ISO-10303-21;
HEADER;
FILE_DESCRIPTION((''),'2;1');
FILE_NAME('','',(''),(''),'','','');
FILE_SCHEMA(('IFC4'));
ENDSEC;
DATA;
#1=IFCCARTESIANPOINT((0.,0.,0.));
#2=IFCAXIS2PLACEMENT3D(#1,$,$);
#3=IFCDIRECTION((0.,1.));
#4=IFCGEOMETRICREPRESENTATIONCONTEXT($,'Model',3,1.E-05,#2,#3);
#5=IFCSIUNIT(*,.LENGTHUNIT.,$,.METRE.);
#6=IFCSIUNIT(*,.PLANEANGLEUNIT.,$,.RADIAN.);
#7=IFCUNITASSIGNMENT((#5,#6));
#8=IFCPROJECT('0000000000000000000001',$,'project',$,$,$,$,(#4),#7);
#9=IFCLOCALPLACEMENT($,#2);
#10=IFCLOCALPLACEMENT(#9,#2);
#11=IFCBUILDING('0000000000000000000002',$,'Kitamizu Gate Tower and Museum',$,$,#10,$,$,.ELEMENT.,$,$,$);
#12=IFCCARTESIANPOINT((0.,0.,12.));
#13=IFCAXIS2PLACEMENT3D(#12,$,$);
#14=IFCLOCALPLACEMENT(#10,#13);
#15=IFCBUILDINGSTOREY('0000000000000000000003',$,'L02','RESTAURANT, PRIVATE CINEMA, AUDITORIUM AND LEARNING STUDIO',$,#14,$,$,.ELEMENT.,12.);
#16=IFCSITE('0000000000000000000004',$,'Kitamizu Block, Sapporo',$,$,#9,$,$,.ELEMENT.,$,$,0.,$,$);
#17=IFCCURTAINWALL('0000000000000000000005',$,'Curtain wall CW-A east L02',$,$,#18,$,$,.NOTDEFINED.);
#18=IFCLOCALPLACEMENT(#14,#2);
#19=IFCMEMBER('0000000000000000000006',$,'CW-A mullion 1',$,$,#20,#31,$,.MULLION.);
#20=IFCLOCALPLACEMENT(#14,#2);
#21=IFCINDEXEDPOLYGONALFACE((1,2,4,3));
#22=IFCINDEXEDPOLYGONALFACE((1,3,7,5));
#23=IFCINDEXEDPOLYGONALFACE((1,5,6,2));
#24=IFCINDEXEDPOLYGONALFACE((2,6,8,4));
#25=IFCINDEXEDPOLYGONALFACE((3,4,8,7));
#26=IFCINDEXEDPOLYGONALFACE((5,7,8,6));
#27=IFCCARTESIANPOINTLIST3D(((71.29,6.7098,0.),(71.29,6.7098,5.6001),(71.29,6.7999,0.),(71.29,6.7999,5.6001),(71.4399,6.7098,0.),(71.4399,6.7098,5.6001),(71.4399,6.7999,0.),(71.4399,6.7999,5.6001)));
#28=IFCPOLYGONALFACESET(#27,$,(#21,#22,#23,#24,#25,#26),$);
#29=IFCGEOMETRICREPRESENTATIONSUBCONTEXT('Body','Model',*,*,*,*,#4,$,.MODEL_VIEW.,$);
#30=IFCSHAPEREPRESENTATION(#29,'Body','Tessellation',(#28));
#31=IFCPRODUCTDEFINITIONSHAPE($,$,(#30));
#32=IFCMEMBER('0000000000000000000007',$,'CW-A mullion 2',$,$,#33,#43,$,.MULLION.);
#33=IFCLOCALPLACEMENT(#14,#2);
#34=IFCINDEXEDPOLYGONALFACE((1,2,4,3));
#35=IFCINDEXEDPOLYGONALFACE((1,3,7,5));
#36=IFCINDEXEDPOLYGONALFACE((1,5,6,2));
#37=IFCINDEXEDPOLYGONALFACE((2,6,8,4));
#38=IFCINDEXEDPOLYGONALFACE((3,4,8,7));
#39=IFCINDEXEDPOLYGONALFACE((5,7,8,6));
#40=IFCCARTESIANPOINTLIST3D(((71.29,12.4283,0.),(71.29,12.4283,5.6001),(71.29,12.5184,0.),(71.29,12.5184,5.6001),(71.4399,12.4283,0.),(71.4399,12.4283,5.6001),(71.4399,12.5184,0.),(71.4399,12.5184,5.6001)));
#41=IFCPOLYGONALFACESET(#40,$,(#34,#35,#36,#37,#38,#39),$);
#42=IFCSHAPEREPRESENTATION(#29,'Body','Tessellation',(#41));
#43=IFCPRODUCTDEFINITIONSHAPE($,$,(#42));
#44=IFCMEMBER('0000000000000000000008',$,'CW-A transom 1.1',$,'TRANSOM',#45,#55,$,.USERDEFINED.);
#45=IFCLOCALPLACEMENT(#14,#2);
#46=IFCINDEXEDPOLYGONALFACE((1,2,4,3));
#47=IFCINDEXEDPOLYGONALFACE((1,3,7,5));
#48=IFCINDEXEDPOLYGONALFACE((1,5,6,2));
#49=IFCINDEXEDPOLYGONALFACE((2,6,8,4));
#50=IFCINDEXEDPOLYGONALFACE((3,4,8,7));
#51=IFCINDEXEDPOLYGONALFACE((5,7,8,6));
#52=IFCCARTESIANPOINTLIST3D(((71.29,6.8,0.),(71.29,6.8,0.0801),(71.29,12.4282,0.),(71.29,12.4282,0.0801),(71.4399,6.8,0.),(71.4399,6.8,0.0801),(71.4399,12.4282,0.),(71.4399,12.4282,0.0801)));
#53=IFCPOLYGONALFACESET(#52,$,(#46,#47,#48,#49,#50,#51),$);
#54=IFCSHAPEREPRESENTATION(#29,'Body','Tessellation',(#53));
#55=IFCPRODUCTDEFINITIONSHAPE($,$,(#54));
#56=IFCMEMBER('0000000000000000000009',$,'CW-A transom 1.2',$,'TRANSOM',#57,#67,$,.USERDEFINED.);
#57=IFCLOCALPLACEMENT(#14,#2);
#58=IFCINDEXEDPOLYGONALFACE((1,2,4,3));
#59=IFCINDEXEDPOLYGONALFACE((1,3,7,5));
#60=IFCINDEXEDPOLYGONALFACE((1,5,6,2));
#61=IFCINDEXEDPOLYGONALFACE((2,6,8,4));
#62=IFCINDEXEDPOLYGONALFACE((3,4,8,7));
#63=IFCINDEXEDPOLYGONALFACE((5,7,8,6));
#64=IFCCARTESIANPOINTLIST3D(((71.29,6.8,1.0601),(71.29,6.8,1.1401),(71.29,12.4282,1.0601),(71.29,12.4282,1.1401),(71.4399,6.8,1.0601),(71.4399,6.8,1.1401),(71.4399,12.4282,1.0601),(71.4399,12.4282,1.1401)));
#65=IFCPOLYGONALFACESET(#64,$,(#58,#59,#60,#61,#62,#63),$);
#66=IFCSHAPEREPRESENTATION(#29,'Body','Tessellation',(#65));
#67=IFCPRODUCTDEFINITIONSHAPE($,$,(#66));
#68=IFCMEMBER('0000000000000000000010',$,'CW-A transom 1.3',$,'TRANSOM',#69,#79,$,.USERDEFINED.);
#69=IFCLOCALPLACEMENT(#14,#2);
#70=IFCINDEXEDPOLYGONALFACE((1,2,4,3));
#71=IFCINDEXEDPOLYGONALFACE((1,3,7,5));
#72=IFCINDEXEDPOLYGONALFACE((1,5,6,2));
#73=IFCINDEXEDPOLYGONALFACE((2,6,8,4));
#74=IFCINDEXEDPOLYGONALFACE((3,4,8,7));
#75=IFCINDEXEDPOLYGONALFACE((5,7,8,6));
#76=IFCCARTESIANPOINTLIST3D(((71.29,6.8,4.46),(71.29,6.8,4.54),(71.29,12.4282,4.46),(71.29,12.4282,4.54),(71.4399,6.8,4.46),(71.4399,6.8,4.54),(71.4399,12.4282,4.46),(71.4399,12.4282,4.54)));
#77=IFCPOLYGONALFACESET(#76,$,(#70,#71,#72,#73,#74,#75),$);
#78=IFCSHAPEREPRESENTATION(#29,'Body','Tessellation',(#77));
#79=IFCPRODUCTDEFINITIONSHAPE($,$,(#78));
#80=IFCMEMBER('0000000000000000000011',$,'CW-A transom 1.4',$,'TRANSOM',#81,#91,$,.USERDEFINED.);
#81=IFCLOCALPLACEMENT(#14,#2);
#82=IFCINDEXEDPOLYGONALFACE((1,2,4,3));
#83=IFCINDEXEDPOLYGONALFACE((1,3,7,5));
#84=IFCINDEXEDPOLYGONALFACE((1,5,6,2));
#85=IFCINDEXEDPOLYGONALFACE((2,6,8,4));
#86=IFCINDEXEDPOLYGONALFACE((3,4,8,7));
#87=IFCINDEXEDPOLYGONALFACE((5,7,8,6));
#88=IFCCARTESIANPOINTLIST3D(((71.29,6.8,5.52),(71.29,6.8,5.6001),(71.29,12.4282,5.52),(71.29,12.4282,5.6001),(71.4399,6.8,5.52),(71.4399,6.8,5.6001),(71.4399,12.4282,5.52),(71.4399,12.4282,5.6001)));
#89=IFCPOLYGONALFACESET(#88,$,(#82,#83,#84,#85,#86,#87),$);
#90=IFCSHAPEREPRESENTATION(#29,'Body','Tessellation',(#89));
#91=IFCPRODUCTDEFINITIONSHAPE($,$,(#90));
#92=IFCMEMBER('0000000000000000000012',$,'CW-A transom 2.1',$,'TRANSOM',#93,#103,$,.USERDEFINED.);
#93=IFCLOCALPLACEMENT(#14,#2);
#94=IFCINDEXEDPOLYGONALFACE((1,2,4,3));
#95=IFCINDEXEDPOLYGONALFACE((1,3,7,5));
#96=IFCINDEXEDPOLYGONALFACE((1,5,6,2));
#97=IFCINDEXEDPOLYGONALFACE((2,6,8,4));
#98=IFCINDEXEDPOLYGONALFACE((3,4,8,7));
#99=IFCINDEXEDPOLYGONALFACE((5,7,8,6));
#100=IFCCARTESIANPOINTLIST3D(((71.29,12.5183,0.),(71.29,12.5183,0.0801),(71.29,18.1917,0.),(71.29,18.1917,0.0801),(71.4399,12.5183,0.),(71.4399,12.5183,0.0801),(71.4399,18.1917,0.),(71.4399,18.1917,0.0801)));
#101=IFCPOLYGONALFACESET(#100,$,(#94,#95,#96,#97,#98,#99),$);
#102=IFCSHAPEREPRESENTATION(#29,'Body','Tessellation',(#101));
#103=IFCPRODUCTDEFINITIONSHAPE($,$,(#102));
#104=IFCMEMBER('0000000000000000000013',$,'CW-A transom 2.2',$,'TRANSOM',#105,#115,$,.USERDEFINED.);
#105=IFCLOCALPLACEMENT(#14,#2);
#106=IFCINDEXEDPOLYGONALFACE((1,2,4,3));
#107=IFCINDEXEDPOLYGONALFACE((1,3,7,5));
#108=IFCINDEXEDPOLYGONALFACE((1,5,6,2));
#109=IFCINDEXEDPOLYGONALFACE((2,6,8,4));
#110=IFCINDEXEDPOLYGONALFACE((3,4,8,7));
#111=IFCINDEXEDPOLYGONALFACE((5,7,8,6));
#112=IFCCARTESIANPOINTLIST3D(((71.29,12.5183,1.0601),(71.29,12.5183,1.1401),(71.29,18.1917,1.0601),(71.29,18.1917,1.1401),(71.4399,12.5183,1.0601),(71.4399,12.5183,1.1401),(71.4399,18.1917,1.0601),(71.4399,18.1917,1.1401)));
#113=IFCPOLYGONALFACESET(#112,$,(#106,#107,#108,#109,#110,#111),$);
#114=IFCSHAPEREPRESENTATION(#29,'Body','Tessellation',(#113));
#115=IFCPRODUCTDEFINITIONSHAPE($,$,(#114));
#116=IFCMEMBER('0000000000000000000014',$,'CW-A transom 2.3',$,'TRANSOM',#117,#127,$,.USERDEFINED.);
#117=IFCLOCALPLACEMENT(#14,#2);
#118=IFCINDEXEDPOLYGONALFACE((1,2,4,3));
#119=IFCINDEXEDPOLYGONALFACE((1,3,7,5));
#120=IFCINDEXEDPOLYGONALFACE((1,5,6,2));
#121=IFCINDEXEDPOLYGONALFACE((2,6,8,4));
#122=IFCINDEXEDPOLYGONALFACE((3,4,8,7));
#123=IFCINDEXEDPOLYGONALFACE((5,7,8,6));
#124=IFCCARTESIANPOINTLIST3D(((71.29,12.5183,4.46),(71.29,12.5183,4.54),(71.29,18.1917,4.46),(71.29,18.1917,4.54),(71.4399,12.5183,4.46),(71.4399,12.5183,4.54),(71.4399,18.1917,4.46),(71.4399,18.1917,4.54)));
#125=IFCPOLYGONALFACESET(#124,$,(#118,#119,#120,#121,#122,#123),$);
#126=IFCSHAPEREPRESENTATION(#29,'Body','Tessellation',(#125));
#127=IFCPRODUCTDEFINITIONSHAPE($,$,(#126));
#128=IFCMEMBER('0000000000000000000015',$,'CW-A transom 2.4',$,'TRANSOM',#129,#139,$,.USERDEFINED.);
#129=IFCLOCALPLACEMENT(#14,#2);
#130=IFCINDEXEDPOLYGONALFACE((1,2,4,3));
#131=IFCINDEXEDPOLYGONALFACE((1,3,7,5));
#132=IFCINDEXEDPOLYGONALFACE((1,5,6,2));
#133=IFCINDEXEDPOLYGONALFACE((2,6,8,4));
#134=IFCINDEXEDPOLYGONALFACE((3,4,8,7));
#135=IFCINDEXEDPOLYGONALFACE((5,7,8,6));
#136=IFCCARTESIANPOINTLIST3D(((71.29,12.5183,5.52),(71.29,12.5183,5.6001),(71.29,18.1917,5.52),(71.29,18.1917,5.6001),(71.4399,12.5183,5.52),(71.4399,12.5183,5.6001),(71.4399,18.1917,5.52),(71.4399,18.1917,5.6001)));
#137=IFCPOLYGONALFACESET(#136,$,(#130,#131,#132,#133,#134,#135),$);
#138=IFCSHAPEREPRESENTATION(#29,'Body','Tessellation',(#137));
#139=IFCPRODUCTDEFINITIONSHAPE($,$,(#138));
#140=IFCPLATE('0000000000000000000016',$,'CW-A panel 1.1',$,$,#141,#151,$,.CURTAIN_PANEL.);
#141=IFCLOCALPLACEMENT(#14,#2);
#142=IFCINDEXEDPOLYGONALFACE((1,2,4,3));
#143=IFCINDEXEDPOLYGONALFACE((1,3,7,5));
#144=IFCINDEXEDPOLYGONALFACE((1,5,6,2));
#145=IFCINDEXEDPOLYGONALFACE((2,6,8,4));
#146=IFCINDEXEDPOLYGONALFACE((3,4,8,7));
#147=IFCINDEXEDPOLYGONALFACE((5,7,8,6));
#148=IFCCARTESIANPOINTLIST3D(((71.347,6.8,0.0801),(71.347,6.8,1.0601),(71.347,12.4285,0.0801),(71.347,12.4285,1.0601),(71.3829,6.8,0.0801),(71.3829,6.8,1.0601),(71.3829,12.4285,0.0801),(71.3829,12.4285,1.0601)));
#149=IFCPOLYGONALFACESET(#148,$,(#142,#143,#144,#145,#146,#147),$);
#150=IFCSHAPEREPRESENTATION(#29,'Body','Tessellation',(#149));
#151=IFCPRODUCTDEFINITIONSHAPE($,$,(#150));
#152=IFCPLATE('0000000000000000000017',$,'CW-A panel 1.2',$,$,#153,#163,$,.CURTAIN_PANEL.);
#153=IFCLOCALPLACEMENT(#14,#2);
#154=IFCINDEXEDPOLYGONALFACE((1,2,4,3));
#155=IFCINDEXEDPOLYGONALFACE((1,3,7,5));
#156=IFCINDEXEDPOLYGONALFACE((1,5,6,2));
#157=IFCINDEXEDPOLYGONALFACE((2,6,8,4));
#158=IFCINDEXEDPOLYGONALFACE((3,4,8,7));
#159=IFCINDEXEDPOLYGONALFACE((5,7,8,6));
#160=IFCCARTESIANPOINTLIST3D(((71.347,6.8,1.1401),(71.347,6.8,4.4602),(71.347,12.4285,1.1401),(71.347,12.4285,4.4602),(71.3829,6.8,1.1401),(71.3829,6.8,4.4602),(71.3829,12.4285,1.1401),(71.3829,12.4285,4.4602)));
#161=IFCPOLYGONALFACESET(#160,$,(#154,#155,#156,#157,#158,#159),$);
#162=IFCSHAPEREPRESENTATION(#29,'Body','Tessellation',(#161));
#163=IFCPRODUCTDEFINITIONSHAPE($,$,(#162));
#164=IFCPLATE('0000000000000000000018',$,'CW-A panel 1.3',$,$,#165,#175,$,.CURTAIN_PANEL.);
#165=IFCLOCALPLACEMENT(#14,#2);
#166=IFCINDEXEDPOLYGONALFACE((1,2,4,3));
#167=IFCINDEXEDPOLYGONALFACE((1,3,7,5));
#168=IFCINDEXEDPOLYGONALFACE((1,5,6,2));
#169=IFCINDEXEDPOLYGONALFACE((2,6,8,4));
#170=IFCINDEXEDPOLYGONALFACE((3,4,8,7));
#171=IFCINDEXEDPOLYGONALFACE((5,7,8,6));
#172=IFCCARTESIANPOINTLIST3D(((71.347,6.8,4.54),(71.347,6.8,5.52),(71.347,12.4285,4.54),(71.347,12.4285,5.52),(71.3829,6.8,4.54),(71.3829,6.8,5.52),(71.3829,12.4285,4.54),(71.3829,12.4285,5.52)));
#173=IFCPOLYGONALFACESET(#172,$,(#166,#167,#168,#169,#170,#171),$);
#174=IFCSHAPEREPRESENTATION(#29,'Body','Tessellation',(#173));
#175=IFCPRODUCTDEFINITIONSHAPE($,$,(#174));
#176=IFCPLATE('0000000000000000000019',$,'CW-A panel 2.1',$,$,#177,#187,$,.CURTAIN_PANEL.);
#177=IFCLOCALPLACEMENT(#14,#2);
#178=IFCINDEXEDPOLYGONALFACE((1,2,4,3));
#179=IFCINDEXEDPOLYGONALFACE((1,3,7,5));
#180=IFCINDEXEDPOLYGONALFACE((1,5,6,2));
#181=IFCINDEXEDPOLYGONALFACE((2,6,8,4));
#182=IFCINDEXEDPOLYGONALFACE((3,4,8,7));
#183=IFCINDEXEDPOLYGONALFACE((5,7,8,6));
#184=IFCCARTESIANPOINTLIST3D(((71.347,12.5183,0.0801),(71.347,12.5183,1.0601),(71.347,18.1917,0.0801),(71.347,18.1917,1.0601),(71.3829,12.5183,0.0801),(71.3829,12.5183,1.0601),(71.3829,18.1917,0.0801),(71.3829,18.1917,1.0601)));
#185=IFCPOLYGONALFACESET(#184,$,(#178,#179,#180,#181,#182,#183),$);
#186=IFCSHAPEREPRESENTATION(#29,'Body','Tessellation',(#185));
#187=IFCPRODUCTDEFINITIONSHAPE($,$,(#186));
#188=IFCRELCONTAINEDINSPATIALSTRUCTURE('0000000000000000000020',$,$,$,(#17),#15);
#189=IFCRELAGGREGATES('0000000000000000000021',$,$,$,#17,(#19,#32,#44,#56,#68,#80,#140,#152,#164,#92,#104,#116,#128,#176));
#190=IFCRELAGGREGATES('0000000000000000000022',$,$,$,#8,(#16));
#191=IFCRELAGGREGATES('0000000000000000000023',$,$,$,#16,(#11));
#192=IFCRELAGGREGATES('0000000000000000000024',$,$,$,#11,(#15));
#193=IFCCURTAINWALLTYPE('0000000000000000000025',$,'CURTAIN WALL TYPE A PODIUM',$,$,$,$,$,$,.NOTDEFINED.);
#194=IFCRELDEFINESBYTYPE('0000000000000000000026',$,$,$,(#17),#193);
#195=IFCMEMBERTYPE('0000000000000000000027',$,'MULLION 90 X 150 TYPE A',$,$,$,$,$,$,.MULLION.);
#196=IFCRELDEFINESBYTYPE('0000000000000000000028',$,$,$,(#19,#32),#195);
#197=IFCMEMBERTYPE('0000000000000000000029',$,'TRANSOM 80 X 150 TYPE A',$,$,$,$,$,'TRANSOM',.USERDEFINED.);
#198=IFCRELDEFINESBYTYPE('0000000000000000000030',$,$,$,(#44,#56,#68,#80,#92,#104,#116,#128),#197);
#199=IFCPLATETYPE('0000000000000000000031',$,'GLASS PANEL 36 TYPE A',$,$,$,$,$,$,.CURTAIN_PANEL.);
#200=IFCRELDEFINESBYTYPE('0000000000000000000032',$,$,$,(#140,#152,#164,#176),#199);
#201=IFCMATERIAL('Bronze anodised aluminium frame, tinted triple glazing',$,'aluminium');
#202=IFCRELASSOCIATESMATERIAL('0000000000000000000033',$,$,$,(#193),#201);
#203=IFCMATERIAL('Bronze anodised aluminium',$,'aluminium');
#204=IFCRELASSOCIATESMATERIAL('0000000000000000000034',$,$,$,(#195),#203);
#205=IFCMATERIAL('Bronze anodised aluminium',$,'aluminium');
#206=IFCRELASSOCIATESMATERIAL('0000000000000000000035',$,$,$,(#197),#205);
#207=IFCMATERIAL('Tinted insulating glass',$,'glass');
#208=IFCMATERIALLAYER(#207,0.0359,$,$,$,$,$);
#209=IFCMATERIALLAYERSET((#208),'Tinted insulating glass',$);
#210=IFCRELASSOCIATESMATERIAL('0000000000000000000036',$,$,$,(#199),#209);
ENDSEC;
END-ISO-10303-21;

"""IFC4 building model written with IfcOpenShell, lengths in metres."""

from ifc_helpers import new_model, si_unit, direction, frame, origin, origin_2d, place, context, subcontext, project, spatial, rectangle, extrude, material, layer, layer_set, material_profile, profile_set, type_object, element, aggregate, save


model = new_model("IFC4")

# Units and contexts
model_context = context("Model", 3, precision=1e-05, world=origin(), true_north=direction((0.0, 1.0)))
body_context = subcontext(model_context, "Body", "Model", "MODEL_VIEW")
ifc_project = project(units=[si_unit("LENGTHUNIT", "METRE"), si_unit("PLANEANGLEUNIT", "RADIAN")], contexts=[model_context])

# Site, building, storey
site_placement = place(None, origin())
site = spatial("IfcSite", under=ifc_project, at=site_placement, Name="Kitamizu Block, Sapporo", CompositionType="ELEMENT", RefElevation=0.0)
building_placement = place(site_placement, origin())
building = spatial("IfcBuilding", under=site, at=building_placement, Name="Kitamizu Gate Tower and Museum", CompositionType="ELEMENT")
storey_placement = place(building_placement, frame((0.0, 0.0, 12.0)))
storey = spatial("IfcBuildingStorey", under=building, at=storey_placement, Name="L02", Description="RESTAURANT, PRIVATE CINEMA, AUDITORIUM AND LEARNING STUDIO", CompositionType="ELEMENT", Elevation=12.0)

# Curtain wall, members, plates
ifc_material_1 = material(Name="Bronze anodised aluminium frame, tinted triple glazing", Category="aluminium")
curtain_wall_type = type_object("IfcCurtainWallType", Name="CURTAIN WALL TYPE A PODIUM", PredefinedType="NOTDEFINED", material=ifc_material_1)
curtain_wall_placement = place(storey_placement, origin())
curtain_wall = element("IfcCurtainWall", 1, at=curtain_wall_placement, inside=storey, type_object=curtain_wall_type, Name="Curtain wall CW-A east L02", PredefinedType="NOTDEFINED")
ifc_material_2 = material(Name="Bronze anodised aluminium", Category="aluminium")
ifc_material_profile_1 = material_profile(ifc_material_2, rectangle(XDim=0.0901, YDim=0.1499, at=origin_2d()), Name="AL 90X150")
ifc_profile_set_1 = profile_set([ifc_material_profile_1], Name="Bronze anodised aluminium")
member_type_1 = type_object("IfcMemberType", Name="MULLION 90 X 150 TYPE A", PredefinedType="MULLION", material=ifc_profile_set_1)
member_1_placement = place(storey_placement, frame((71.365, 6.7549, 0.0), z_axis=(0.0, 0.0, 1.0), x_axis=(0.0, 1.0, 0.0)))
member_1 = element("IfcMember", 2, at=member_1_placement, type_object=member_type_1, Name="CW-A mullion 1", PredefinedType="MULLION", context=body_context, shape_type="SweptSolid", body=[
    extrude(rectangle(XDim=0.0901, YDim=0.1499, at=origin_2d()), origin(), (0.0, 0.0, 1.0), 5.6001),
])
member_2_placement = place(storey_placement, frame((71.365, 12.4734, 0.0), z_axis=(0.0, 0.0, 1.0), x_axis=(0.0, 1.0, 0.0)))
member_2 = element("IfcMember", 3, at=member_2_placement, type_object=member_type_1, Name="CW-A mullion 2", PredefinedType="MULLION", context=body_context, shape_type="SweptSolid", body=[
    extrude(rectangle(XDim=0.0901, YDim=0.1499, at=origin_2d()), origin(), (0.0, 0.0, 1.0), 5.6001),
])
ifc_material_3 = material(Name="Bronze anodised aluminium", Category="aluminium")
ifc_material_profile_2 = material_profile(ifc_material_3, rectangle(XDim=0.1499, YDim=0.0801, at=origin_2d()), Name="AL 80X150")
ifc_profile_set_2 = profile_set([ifc_material_profile_2], Name="Bronze anodised aluminium")
member_type_2 = type_object("IfcMemberType", Name="TRANSOM 80 X 150 TYPE A", ElementType="TRANSOM", PredefinedType="USERDEFINED", material=ifc_profile_set_2)
member_3_placement = place(storey_placement, frame((71.365, 6.8, 0.04), z_axis=(0.0, 1.0, 0.0), x_axis=(-1.0, 0.0, 0.0)))
member_3 = element("IfcMember", 4, at=member_3_placement, type_object=member_type_2, Name="CW-A transom 1.1", ObjectType="TRANSOM", PredefinedType="USERDEFINED", context=body_context, shape_type="SweptSolid", body=[
    extrude(rectangle(XDim=0.1499, YDim=0.0801, at=origin_2d()), origin(), (0.0, 0.0, 1.0), 5.6282),
])
member_4_placement = place(storey_placement, frame((71.365, 6.8, 1.1001), z_axis=(0.0, 1.0, 0.0), x_axis=(-1.0, 0.0, 0.0)))
member_4 = element("IfcMember", 5, at=member_4_placement, type_object=member_type_2, Name="CW-A transom 1.2", ObjectType="TRANSOM", PredefinedType="USERDEFINED", context=body_context, shape_type="SweptSolid", body=[
    extrude(rectangle(XDim=0.1499, YDim=0.0801, at=origin_2d()), origin(), (0.0, 0.0, 1.0), 5.6282),
])
member_5_placement = place(storey_placement, frame((71.365, 6.8, 4.5), z_axis=(0.0, 1.0, 0.0), x_axis=(-1.0, 0.0, 0.0)))
member_5 = element("IfcMember", 6, at=member_5_placement, type_object=member_type_2, Name="CW-A transom 1.3", ObjectType="TRANSOM", PredefinedType="USERDEFINED", context=body_context, shape_type="SweptSolid", body=[
    extrude(rectangle(XDim=0.1499, YDim=0.0801, at=origin_2d()), origin(), (0.0, 0.0, 1.0), 5.6282),
])
member_6_placement = place(storey_placement, frame((71.365, 6.8, 5.5601), z_axis=(0.0, 1.0, 0.0), x_axis=(-1.0, 0.0, 0.0)))
member_6 = element("IfcMember", 7, at=member_6_placement, type_object=member_type_2, Name="CW-A transom 1.4", ObjectType="TRANSOM", PredefinedType="USERDEFINED", context=body_context, shape_type="SweptSolid", body=[
    extrude(rectangle(XDim=0.1499, YDim=0.0801, at=origin_2d()), origin(), (0.0, 0.0, 1.0), 5.6282),
])
member_7_placement = place(storey_placement, frame((71.365, 12.5183, 0.04), z_axis=(0.0, 1.0, 0.0), x_axis=(-1.0, 0.0, 0.0)))
member_7 = element("IfcMember", 8, at=member_7_placement, type_object=member_type_2, Name="CW-A transom 2.1", ObjectType="TRANSOM", PredefinedType="USERDEFINED", context=body_context, shape_type="SweptSolid", body=[
    extrude(rectangle(XDim=0.1499, YDim=0.0801, at=origin_2d()), origin(), (0.0, 0.0, 1.0), 5.6733),
])
member_8_placement = place(storey_placement, frame((71.365, 12.5183, 1.1001), z_axis=(0.0, 1.0, 0.0), x_axis=(-1.0, 0.0, 0.0)))
member_8 = element("IfcMember", 9, at=member_8_placement, type_object=member_type_2, Name="CW-A transom 2.2", ObjectType="TRANSOM", PredefinedType="USERDEFINED", context=body_context, shape_type="SweptSolid", body=[
    extrude(rectangle(XDim=0.1499, YDim=0.0801, at=origin_2d()), origin(), (0.0, 0.0, 1.0), 5.6733),
])
member_9_placement = place(storey_placement, frame((71.365, 12.5183, 4.5), z_axis=(0.0, 1.0, 0.0), x_axis=(-1.0, 0.0, 0.0)))
member_9 = element("IfcMember", 10, at=member_9_placement, type_object=member_type_2, Name="CW-A transom 2.3", ObjectType="TRANSOM", PredefinedType="USERDEFINED", context=body_context, shape_type="SweptSolid", body=[
    extrude(rectangle(XDim=0.1499, YDim=0.0801, at=origin_2d()), origin(), (0.0, 0.0, 1.0), 5.6733),
])
member_10_placement = place(storey_placement, frame((71.365, 12.5183, 5.5601), z_axis=(0.0, 1.0, 0.0), x_axis=(-1.0, 0.0, 0.0)))
member_10 = element("IfcMember", 11, at=member_10_placement, type_object=member_type_2, Name="CW-A transom 2.4", ObjectType="TRANSOM", PredefinedType="USERDEFINED", context=body_context, shape_type="SweptSolid", body=[
    extrude(rectangle(XDim=0.1499, YDim=0.0801, at=origin_2d()), origin(), (0.0, 0.0, 1.0), 5.6733),
])
ifc_material_4 = material(Name="Tinted insulating glass", Category="glass")
ifc_layer_1 = layer(ifc_material_4, 0.0359)
ifc_layer_set_1 = layer_set([ifc_layer_1], Name="Tinted insulating glass")
plate_type = type_object("IfcPlateType", Name="GLASS PANEL 36 TYPE A", PredefinedType="CURTAIN_PANEL", material=ifc_layer_set_1)
plate_1_placement = place(storey_placement, frame((71.365, 9.6143, 0.0801), z_axis=(0.0, 0.0, 1.0), x_axis=(0.0, 1.0, 0.0)))
plate_1 = element("IfcPlate", 12, at=plate_1_placement, type_object=plate_type, Name="CW-A panel 1.1", PredefinedType="CURTAIN_PANEL", context=body_context, shape_type="SweptSolid", body=[
    extrude(rectangle(XDim=5.6284, YDim=0.0359, at=origin_2d()), origin(), (0.0, 0.0, 1.0), 0.98),
])
plate_2_placement = place(storey_placement, frame((71.365, 9.6143, 1.1401), z_axis=(0.0, 0.0, 1.0), x_axis=(0.0, 1.0, 0.0)))
plate_2 = element("IfcPlate", 13, at=plate_2_placement, type_object=plate_type, Name="CW-A panel 1.2", PredefinedType="CURTAIN_PANEL", context=body_context, shape_type="SweptSolid", body=[
    extrude(rectangle(XDim=5.6284, YDim=0.0359, at=origin_2d()), origin(), (0.0, 0.0, 1.0), 3.3201),
])
plate_3_placement = place(storey_placement, frame((71.365, 9.6143, 4.54), z_axis=(0.0, 0.0, 1.0), x_axis=(0.0, 1.0, 0.0)))
plate_3 = element("IfcPlate", 14, at=plate_3_placement, type_object=plate_type, Name="CW-A panel 1.3", PredefinedType="CURTAIN_PANEL", context=body_context, shape_type="SweptSolid", body=[
    extrude(rectangle(XDim=5.6284, YDim=0.0359, at=origin_2d()), origin(), (0.0, 0.0, 1.0), 0.98),
])
plate_4_placement = place(storey_placement, frame((71.365, 15.355, 0.0801), z_axis=(0.0, 0.0, 1.0), x_axis=(0.0, 1.0, 0.0)))
plate_4 = element("IfcPlate", 15, at=plate_4_placement, type_object=plate_type, Name="CW-A panel 2.1", PredefinedType="CURTAIN_PANEL", context=body_context, shape_type="SweptSolid", body=[
    extrude(rectangle(XDim=5.6733, YDim=0.0359, at=origin_2d()), origin(), (0.0, 0.0, 1.0), 0.98),
])
aggregate(curtain_wall, [member_1, member_2, member_3, member_4, member_5, member_6, plate_1, plate_2, plate_3, member_7, member_8, member_9, member_10, plate_4])

save(model, "model.ifc")
